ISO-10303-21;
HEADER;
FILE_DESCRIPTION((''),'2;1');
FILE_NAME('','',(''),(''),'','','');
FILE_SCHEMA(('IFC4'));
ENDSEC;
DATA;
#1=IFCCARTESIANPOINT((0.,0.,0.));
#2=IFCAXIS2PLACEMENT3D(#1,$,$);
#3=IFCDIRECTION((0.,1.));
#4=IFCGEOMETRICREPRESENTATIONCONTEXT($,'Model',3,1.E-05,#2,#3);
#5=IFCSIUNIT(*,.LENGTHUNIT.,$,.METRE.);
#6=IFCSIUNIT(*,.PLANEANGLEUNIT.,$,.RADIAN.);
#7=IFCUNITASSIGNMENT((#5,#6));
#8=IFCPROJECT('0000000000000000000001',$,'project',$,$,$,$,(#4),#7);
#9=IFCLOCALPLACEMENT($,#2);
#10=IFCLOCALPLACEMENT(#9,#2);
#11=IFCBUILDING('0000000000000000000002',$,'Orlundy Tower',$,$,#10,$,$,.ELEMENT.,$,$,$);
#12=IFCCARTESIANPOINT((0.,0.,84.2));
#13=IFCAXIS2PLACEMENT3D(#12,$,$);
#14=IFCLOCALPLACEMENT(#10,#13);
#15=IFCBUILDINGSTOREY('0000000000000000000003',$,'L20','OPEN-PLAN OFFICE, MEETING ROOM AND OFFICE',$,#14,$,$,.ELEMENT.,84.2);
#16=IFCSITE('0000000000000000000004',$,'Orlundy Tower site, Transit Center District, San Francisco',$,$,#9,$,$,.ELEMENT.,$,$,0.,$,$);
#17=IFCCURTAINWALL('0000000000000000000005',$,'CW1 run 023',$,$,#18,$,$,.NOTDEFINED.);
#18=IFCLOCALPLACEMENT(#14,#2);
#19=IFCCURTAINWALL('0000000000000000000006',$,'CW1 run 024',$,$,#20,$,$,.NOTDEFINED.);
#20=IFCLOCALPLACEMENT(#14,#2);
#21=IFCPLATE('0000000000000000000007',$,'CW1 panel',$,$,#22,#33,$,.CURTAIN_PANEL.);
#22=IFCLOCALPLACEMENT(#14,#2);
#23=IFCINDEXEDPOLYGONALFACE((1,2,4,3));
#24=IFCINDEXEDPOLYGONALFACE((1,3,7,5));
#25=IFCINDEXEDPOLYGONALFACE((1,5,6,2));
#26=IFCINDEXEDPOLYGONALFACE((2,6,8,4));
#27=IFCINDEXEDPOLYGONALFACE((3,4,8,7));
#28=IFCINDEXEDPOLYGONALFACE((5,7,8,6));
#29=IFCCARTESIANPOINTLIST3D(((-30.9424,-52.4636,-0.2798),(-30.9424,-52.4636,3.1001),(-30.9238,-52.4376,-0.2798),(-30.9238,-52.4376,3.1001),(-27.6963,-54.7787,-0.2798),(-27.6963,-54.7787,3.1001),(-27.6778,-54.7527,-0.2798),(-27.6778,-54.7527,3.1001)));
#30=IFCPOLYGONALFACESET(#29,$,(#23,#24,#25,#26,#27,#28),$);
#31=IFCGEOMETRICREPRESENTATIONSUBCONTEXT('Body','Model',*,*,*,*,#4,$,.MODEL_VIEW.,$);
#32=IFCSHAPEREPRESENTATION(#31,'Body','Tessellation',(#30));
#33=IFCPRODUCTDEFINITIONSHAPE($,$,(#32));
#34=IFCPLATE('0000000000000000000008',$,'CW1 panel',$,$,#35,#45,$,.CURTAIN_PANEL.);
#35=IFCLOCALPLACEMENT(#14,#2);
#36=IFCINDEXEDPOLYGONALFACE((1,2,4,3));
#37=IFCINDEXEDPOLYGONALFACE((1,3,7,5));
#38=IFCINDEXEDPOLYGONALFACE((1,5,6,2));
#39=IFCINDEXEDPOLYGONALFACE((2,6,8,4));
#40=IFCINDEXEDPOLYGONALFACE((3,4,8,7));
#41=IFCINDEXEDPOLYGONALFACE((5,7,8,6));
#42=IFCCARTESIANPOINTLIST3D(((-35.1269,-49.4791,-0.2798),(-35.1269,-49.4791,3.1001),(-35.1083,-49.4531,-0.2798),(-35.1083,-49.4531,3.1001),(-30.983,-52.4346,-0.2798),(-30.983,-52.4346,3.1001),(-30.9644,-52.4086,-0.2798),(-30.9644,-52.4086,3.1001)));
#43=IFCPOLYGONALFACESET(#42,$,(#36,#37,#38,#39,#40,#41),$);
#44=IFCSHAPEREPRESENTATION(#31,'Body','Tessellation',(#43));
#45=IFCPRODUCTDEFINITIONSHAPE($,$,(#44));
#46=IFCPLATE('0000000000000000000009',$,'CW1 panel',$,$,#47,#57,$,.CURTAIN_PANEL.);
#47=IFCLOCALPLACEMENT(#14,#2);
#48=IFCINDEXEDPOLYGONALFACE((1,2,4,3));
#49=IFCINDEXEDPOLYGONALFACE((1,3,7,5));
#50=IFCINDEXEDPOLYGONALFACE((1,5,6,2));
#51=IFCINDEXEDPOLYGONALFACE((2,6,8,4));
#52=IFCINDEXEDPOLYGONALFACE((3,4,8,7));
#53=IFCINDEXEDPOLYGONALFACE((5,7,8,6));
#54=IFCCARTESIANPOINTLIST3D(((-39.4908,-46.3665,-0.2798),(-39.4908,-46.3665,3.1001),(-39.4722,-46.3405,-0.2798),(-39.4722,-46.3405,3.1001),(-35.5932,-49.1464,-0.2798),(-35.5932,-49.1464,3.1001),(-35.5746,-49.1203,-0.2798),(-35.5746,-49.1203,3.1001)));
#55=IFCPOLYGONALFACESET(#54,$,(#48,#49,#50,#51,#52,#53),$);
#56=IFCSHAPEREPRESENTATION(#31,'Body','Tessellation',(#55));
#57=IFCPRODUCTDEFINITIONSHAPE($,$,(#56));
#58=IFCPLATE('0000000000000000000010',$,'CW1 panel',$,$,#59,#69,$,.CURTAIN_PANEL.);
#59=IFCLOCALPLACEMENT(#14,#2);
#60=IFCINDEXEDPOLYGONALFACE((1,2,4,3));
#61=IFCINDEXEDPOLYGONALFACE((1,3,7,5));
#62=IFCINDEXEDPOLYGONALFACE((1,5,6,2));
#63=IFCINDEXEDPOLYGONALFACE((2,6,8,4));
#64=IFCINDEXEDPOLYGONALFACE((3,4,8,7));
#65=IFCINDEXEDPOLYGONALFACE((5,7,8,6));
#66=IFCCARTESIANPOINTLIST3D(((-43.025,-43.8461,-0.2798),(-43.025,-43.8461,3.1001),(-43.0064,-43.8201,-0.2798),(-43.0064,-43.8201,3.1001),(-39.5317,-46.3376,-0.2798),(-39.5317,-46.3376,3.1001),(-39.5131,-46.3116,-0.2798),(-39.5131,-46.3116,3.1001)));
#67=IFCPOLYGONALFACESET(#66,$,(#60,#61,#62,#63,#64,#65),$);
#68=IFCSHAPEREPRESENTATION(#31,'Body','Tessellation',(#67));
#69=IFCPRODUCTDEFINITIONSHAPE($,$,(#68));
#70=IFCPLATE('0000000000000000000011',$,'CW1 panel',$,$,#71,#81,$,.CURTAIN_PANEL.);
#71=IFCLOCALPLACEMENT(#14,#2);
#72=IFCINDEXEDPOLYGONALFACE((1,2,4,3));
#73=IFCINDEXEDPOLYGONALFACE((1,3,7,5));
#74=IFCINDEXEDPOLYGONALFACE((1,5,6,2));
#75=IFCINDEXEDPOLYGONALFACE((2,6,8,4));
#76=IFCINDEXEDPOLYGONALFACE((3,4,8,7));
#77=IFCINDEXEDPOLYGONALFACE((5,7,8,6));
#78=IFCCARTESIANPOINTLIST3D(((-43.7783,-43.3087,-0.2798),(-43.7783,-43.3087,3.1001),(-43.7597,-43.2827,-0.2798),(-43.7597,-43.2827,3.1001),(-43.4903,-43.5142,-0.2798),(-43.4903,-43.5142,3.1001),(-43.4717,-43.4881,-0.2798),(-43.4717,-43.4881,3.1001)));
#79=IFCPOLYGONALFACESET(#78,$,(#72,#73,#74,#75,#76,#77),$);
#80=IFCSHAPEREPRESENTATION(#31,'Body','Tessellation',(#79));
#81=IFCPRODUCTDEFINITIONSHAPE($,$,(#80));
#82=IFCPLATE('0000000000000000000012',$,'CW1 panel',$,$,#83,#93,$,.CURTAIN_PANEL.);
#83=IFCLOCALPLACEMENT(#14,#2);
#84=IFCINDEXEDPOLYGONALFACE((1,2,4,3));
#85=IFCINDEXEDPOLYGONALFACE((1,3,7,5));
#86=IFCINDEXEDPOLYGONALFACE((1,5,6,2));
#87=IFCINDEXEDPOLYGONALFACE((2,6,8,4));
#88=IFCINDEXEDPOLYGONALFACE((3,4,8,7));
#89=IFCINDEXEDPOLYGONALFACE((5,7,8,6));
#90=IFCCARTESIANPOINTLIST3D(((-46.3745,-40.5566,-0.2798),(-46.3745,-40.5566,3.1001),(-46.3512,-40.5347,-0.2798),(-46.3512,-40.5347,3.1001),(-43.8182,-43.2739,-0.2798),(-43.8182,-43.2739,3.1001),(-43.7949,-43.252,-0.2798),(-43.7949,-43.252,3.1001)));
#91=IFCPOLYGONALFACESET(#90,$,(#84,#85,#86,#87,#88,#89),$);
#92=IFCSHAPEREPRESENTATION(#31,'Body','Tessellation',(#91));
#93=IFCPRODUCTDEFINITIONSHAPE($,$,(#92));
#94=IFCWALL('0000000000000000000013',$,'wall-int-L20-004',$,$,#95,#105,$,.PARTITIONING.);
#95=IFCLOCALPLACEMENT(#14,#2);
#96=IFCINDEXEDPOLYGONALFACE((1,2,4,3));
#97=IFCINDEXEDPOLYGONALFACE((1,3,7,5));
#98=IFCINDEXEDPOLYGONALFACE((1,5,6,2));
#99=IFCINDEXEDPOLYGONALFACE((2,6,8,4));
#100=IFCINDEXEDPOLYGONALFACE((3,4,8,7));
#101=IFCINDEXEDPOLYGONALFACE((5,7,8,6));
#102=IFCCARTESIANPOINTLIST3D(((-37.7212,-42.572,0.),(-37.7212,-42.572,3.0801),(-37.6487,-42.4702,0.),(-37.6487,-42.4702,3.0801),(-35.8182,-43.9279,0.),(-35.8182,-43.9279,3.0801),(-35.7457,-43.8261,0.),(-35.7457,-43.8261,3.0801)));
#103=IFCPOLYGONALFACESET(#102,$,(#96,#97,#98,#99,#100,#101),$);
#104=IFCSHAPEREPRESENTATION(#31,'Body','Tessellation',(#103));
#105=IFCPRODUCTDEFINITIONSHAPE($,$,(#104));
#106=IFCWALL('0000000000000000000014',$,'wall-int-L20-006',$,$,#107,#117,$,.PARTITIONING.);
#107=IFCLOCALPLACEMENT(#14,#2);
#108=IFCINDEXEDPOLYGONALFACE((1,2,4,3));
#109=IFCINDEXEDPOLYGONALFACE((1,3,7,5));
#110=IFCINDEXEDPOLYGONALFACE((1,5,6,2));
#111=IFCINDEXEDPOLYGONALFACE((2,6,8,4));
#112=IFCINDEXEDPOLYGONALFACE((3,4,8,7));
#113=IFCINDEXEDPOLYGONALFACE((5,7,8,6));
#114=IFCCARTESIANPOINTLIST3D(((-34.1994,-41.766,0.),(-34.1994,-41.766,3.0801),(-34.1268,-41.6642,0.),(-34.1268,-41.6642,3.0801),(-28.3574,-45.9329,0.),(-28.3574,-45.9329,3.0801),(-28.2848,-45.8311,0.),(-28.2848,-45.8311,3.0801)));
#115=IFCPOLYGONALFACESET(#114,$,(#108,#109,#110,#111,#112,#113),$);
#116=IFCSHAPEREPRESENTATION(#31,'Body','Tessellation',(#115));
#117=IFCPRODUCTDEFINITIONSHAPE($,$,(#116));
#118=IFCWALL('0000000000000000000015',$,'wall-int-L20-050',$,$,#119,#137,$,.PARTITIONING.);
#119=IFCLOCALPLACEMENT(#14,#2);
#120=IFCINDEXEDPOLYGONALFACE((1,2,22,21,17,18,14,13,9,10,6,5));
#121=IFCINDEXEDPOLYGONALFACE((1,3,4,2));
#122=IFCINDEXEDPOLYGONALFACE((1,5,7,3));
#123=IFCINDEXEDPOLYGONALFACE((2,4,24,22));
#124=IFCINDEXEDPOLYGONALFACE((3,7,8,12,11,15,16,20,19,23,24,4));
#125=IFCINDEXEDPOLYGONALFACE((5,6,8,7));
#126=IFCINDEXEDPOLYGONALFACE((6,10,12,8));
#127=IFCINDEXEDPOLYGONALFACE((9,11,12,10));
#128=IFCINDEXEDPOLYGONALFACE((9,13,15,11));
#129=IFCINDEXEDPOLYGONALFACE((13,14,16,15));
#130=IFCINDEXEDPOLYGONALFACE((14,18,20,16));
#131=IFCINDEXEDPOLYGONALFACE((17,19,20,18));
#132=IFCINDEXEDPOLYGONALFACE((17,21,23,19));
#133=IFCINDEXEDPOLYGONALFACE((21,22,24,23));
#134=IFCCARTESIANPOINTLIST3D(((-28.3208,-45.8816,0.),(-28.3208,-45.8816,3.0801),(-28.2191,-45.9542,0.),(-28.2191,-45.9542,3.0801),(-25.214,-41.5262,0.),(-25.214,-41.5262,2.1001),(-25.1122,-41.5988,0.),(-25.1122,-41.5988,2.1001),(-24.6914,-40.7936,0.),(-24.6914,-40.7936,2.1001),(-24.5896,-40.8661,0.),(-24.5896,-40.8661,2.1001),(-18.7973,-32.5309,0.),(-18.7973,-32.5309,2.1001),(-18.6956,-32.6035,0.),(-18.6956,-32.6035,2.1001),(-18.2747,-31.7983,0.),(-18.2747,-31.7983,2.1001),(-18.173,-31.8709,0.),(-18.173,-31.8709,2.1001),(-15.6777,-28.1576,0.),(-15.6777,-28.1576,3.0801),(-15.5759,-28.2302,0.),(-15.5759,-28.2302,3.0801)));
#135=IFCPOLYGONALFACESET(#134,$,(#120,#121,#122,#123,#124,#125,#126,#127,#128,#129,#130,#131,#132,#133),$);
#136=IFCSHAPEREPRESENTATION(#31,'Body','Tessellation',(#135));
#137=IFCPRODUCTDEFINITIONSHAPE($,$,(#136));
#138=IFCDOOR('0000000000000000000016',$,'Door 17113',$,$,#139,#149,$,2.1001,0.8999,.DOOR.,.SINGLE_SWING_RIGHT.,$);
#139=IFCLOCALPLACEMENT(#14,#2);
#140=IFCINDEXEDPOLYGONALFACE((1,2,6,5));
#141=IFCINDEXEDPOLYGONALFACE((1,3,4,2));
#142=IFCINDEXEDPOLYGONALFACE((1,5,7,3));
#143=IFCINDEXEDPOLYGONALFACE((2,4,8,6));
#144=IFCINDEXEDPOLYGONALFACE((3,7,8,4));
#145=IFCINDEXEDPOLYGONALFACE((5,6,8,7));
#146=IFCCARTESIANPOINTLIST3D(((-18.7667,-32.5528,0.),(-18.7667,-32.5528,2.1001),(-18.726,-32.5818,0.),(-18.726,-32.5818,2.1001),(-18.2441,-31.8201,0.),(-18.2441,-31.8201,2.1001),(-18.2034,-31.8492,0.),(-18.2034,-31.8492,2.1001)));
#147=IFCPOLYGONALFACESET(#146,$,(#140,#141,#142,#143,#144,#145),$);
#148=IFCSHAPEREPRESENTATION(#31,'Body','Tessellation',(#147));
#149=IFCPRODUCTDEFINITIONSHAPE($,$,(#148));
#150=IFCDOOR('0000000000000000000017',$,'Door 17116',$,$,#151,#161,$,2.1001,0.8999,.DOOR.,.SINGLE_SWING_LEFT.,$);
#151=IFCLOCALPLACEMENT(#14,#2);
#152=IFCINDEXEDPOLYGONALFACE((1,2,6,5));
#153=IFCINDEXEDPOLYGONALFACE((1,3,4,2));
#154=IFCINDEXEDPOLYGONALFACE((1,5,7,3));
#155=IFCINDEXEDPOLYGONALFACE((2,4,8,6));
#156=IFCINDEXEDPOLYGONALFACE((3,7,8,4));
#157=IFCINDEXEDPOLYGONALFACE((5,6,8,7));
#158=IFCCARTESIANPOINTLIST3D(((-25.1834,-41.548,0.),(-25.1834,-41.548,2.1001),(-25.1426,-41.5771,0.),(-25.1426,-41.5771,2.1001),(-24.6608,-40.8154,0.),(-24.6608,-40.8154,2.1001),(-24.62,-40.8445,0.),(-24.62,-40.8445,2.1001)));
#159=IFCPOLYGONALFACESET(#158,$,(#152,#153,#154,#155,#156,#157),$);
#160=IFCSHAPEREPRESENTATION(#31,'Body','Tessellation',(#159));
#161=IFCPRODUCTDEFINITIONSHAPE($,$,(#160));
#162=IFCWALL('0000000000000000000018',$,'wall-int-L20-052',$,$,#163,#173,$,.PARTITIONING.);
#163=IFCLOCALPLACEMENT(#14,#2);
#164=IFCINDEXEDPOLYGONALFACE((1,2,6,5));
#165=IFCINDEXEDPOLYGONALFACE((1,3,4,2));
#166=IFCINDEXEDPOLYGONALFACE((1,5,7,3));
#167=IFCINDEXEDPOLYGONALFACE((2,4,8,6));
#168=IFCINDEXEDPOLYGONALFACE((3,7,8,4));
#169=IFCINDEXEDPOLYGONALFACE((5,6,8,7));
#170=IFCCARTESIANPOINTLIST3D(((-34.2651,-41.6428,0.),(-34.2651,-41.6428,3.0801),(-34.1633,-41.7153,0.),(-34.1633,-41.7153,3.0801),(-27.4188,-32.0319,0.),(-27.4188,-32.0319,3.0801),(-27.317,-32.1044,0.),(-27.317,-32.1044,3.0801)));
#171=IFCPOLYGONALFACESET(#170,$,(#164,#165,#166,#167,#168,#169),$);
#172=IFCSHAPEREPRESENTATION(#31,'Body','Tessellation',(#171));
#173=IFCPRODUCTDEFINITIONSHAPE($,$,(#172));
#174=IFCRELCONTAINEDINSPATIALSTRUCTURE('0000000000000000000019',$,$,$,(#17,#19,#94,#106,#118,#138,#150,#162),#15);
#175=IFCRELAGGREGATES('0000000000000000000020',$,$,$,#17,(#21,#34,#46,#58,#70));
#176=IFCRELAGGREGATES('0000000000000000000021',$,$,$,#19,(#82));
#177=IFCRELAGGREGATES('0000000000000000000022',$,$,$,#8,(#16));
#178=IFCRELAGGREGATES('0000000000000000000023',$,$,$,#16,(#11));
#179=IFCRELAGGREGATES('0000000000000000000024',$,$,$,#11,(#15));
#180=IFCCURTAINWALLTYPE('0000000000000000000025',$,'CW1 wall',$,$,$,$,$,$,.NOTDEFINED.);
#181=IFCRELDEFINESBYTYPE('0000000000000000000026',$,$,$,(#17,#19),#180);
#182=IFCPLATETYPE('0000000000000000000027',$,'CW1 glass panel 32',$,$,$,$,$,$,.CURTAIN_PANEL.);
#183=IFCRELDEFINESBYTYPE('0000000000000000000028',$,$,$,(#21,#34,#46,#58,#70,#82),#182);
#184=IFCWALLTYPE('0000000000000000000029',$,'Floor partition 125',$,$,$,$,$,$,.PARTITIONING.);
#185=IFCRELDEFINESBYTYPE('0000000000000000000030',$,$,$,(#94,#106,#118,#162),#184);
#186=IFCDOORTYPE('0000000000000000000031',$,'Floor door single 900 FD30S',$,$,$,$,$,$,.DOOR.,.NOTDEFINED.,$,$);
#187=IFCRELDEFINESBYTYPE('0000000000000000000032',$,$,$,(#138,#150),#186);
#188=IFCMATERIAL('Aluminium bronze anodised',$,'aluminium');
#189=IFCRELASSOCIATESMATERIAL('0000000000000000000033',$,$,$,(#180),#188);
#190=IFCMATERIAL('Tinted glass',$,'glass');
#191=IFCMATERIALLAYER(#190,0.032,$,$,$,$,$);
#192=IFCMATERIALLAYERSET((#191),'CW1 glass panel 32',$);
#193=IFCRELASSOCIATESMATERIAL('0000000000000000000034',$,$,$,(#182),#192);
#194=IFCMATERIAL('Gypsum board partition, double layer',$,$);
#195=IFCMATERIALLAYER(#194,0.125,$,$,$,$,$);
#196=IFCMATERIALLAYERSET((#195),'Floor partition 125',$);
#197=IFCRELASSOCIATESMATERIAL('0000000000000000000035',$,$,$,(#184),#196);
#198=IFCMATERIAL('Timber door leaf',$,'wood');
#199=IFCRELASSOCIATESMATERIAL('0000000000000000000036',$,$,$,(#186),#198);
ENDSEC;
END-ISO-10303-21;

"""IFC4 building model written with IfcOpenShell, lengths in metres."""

from ifc_helpers import new_model, si_unit, direction, frame, frame_2d, origin, origin_2d, place, context, subcontext, project, spatial, rectangle, extrude, material, layer, layer_set, type_object, element, fill, aggregate, save


model = new_model("IFC4")

# Units and contexts
model_context = context("Model", 3, precision=1e-05, world=origin(), true_north=direction((0.0, 1.0)))
body_context = subcontext(model_context, "Body", "Model", "MODEL_VIEW")
ifc_project = project(units=[si_unit("LENGTHUNIT", "METRE"), si_unit("PLANEANGLEUNIT", "RADIAN")], contexts=[model_context])

# Site, building, storey
site_placement = place(None, origin())
site = spatial("IfcSite", under=ifc_project, at=site_placement, Name="Orlundy Tower site, Transit Center District, San Francisco", CompositionType="ELEMENT", RefElevation=0.0)
building_placement = place(site_placement, origin())
building = spatial("IfcBuilding", under=site, at=building_placement, Name="Orlundy Tower", CompositionType="ELEMENT")
storey_placement = place(building_placement, frame((0.0, 0.0, 84.2)))
storey = spatial("IfcBuildingStorey", under=building, at=storey_placement, Name="L20", Description="OPEN-PLAN OFFICE, MEETING ROOM AND OFFICE", CompositionType="ELEMENT", Elevation=84.2)

# Curtain wall
ifc_material_1 = material(Name="Aluminium bronze anodised", Category="aluminium")
curtain_wall_type = type_object("IfcCurtainWallType", Name="CW1 wall", PredefinedType="NOTDEFINED", material=ifc_material_1)
curtain_wall_1_placement = place(storey_placement, origin())
curtain_wall_1 = element("IfcCurtainWall", 1, at=curtain_wall_1_placement, inside=storey, type_object=curtain_wall_type, Name="CW1 run 023", PredefinedType="NOTDEFINED")

# Curtain wall
curtain_wall_2_placement = place(storey_placement, origin())
curtain_wall_2 = element("IfcCurtainWall", 2, at=curtain_wall_2_placement, inside=storey, type_object=curtain_wall_type, Name="CW1 run 024", PredefinedType="NOTDEFINED")

# Shared definitions
ifc_material_2 = material(Name="Tinted glass", Category="glass")
ifc_layer_1 = layer(ifc_material_2, 0.032)
ifc_layer_set_1 = layer_set([ifc_layer_1], Name="CW1 glass panel 32")
plate_type = type_object("IfcPlateType", Name="CW1 glass panel 32", PredefinedType="CURTAIN_PANEL", material=ifc_layer_set_1)

# Plates
plate_1_placement = place(storey_placement, frame((-29.3101, -53.6082, -0.2798), z_axis=(0.0, 0.0, 1.0), x_axis=(-0.814142, 0.580666, 0.0)))
plate_1 = element("IfcPlate", 3, at=plate_1_placement, type_object=plate_type, Name="CW1 panel", PredefinedType="CURTAIN_PANEL", context=body_context, shape_type="SweptSolid", body=[
    extrude(rectangle(XDim=3.9871, YDim=0.032, at=origin_2d()), origin(), (0.0, 0.0, 1.0), 3.3799),
])
plate_2_placement = place(storey_placement, frame((-33.0457, -50.9438, -0.2798), z_axis=(0.0, 0.0, 1.0), x_axis=(-0.814142, 0.580666, 0.0)))
plate_2 = element("IfcPlate", 4, at=plate_2_placement, type_object=plate_type, Name="CW1 panel", PredefinedType="CURTAIN_PANEL", context=body_context, shape_type="SweptSolid", body=[
    extrude(rectangle(XDim=5.0898, YDim=0.032, at=origin_2d()), origin(), (0.0, 0.0, 1.0), 3.3799),
])
plate_3_placement = place(storey_placement, frame((-37.5327, -47.7434, -0.2798), z_axis=(0.0, 0.0, 1.0), x_axis=(-0.814142, 0.580666, 0.0)))
plate_3 = element("IfcPlate", 5, at=plate_3_placement, type_object=plate_type, Name="CW1 panel", PredefinedType="CURTAIN_PANEL", context=body_context, shape_type="SweptSolid", body=[
    extrude(rectangle(XDim=4.7874, YDim=0.032, at=origin_2d()), origin(), (0.0, 0.0, 1.0), 3.3799),
])
plate_4_placement = place(storey_placement, frame((-41.269, -45.0789, -0.2798), z_axis=(0.0, 0.0, 1.0), x_axis=(-0.814142, 0.580666, 0.0)))
plate_4 = element("IfcPlate", 6, at=plate_4_placement, type_object=plate_type, Name="CW1 panel", PredefinedType="CURTAIN_PANEL", context=body_context, shape_type="SweptSolid", body=[
    extrude(rectangle(XDim=4.2908, YDim=0.032, at=origin_2d()), origin(), (0.0, 0.0, 1.0), 3.3799),
])
plate_5_placement = place(storey_placement, frame((-43.625, -43.3984, -0.2798), z_axis=(0.0, 0.0, 1.0), x_axis=(-0.814142, 0.580666, 0.0)))
plate_5 = element("IfcPlate", 7, at=plate_5_placement, type_object=plate_type, Name="CW1 panel", PredefinedType="CURTAIN_PANEL", context=body_context, shape_type="SweptSolid", body=[
    extrude(rectangle(XDim=0.3538, YDim=0.032, at=origin_2d()), origin(), (0.0, 0.0, 1.0), 3.3799),
])
aggregate(curtain_wall_1, [plate_1, plate_2, plate_3, plate_4, plate_5])
plate_6_placement = place(storey_placement, frame((-45.0847, -41.9043, -0.2798), z_axis=(0.0, 0.0, 1.0), x_axis=(-0.685196, 0.728358, 0.0)))
plate_6 = element("IfcPlate", 8, at=plate_6_placement, type_object=plate_type, Name="CW1 panel", PredefinedType="CURTAIN_PANEL", context=body_context, shape_type="SweptSolid", body=[
    extrude(rectangle(XDim=3.7307, YDim=0.032, at=origin_2d()), origin(), (0.0, 0.0, 1.0), 3.3799),
])
aggregate(curtain_wall_2, [plate_6])

# Walls
ifc_material_3 = material(Name="Gypsum board partition, double layer")
ifc_layer_2 = layer(ifc_material_3, 0.125)
ifc_layer_set_2 = layer_set([ifc_layer_2], Name="Floor partition 125")
wall_type_1 = type_object("IfcWallType", Name="Floor partition 125", PredefinedType="PARTITIONING", material=ifc_layer_set_2)
wall_1_placement = place(storey_placement, frame((-37.6851, -42.521, 0.0), z_axis=(0.0, 0.0, 1.0), x_axis=(0.814418, -0.580279, 0.0)))
element("IfcWall", 9, at=wall_1_placement, inside=storey, type_object=wall_type_1, Name="wall-int-L20-004", PredefinedType="PARTITIONING", context=body_context, shape_type="SweptSolid", body=[
    extrude(rectangle(XDim=2.3367, YDim=0.125, at=frame_2d((1.1685, 0.0))), origin(), (0.0, 0.0, 1.0), 3.0801),
])
wall_2_placement = place(storey_placement, frame((-34.1631, -41.7151, 0.0), z_axis=(0.0, 0.0, 1.0), x_axis=(0.814122, -0.580694, 0.0)))
element("IfcWall", 10, at=wall_2_placement, inside=storey, type_object=wall_type_1, Name="wall-int-L20-006", PredefinedType="PARTITIONING", context=body_context, shape_type="SweptSolid", body=[
    extrude(rectangle(XDim=7.1758, YDim=0.125, at=frame_2d((3.5879, 0.0))), origin(), (0.0, 0.0, 1.0), 3.0801),
])

# Wall, openings, doors
wall_3_placement = place(storey_placement, frame((-28.27, -45.918, 0.0), z_axis=(0.0, 0.0, 1.0), x_axis=(0.580726, 0.814099, 0.0)))
wall_3 = element("IfcWall", 11, at=wall_3_placement, inside=storey, type_object=wall_type_1, Name="wall-int-L20-050", PredefinedType="PARTITIONING", context=body_context, shape_type="SweptSolid", body=[
    extrude(rectangle(XDim=21.7712, YDim=0.125, at=frame_2d((10.8857, 0.0))), origin(), (0.0, 0.0, 1.0), 3.0801),
])
opening_1_placement = place(wall_3_placement, frame((16.3994, 0.0, 0.0)))
opening_1 = element("IfcOpeningElement", 12, at=opening_1_placement, cuts=wall_3, PredefinedType="OPENING", context=body_context, shape_type="SweptSolid", body=[
    extrude(rectangle(XDim=0.8999, YDim=2.1001, at=frame_2d((0.45, 1.05))), frame((0.0, 0.0725, 0.0), z_axis=(0.0, -1.0, 0.0), x_axis=(1.0, 0.0, 0.0)), (0.0, 0.0, 1.0), 0.145),
])
opening_2_placement = place(wall_3_placement, frame((5.3501, 0.0, 0.0)))
opening_2 = element("IfcOpeningElement", 13, at=opening_2_placement, cuts=wall_3, PredefinedType="OPENING", context=body_context, shape_type="SweptSolid", body=[
    extrude(rectangle(XDim=0.8999, YDim=2.1001, at=frame_2d((0.45, 1.05))), frame((0.0, 0.0725, 0.0), z_axis=(0.0, -1.0, 0.0), x_axis=(1.0, 0.0, 0.0)), (0.0, 0.0, 1.0), 0.145),
])
ifc_material_4 = material(Name="Timber door leaf", Category="wood")
door_type_1 = type_object("IfcDoorType", Name="Floor door single 900 FD30S", OperationType="NOTDEFINED", PredefinedType="DOOR", material=ifc_material_4)
door_1_placement = place(opening_1_placement, origin())
door_1 = element("IfcDoor", 14, at=door_1_placement, inside=storey, type_object=door_type_1, Name="Door 17113", OperationType="SINGLE_SWING_RIGHT", OverallHeight=2.1001, OverallWidth=0.8999, PredefinedType="DOOR", context=body_context, shape_type="SweptSolid", body=[
    extrude(rectangle(XDim=0.8999, YDim=2.1001, at=frame_2d((0.45, 1.05))), frame((0.0, 0.0249, 0.0), z_axis=(0.0, -1.0, 0.0), x_axis=(1.0, 0.0, 0.0)), (0.0, 0.0, 1.0), 0.05),
])
fill(opening_1, door_1)
door_2_placement = place(opening_2_placement, origin())
door_2 = element("IfcDoor", 15, at=door_2_placement, inside=storey, type_object=door_type_1, Name="Door 17116", OperationType="SINGLE_SWING_LEFT", OverallHeight=2.1001, OverallWidth=0.8999, PredefinedType="DOOR", context=body_context, shape_type="SweptSolid", body=[
    extrude(rectangle(XDim=0.8999, YDim=2.1001, at=frame_2d((0.45, 1.05))), frame((0.0, 0.0249, 0.0), z_axis=(0.0, -1.0, 0.0), x_axis=(1.0, 0.0, 0.0)), (0.0, 0.0, 1.0), 0.05),
])
fill(opening_2, door_2)

# Wall
wall_4_placement = place(storey_placement, frame((-34.2141, -41.679, 0.0), z_axis=(0.0, 0.0, 1.0), x_axis=(0.580189, 0.814482, 0.0)))
element("IfcWall", 16, at=wall_4_placement, inside=storey, type_object=wall_type_1, Name="wall-int-L20-052", PredefinedType="PARTITIONING", context=body_context, shape_type="SweptSolid", body=[
    extrude(rectangle(XDim=11.8, YDim=0.125, at=frame_2d((5.8999, 0.0))), origin(), (0.0, 0.0, 1.0), 3.0801),
])

save(model, "model.ifc")
